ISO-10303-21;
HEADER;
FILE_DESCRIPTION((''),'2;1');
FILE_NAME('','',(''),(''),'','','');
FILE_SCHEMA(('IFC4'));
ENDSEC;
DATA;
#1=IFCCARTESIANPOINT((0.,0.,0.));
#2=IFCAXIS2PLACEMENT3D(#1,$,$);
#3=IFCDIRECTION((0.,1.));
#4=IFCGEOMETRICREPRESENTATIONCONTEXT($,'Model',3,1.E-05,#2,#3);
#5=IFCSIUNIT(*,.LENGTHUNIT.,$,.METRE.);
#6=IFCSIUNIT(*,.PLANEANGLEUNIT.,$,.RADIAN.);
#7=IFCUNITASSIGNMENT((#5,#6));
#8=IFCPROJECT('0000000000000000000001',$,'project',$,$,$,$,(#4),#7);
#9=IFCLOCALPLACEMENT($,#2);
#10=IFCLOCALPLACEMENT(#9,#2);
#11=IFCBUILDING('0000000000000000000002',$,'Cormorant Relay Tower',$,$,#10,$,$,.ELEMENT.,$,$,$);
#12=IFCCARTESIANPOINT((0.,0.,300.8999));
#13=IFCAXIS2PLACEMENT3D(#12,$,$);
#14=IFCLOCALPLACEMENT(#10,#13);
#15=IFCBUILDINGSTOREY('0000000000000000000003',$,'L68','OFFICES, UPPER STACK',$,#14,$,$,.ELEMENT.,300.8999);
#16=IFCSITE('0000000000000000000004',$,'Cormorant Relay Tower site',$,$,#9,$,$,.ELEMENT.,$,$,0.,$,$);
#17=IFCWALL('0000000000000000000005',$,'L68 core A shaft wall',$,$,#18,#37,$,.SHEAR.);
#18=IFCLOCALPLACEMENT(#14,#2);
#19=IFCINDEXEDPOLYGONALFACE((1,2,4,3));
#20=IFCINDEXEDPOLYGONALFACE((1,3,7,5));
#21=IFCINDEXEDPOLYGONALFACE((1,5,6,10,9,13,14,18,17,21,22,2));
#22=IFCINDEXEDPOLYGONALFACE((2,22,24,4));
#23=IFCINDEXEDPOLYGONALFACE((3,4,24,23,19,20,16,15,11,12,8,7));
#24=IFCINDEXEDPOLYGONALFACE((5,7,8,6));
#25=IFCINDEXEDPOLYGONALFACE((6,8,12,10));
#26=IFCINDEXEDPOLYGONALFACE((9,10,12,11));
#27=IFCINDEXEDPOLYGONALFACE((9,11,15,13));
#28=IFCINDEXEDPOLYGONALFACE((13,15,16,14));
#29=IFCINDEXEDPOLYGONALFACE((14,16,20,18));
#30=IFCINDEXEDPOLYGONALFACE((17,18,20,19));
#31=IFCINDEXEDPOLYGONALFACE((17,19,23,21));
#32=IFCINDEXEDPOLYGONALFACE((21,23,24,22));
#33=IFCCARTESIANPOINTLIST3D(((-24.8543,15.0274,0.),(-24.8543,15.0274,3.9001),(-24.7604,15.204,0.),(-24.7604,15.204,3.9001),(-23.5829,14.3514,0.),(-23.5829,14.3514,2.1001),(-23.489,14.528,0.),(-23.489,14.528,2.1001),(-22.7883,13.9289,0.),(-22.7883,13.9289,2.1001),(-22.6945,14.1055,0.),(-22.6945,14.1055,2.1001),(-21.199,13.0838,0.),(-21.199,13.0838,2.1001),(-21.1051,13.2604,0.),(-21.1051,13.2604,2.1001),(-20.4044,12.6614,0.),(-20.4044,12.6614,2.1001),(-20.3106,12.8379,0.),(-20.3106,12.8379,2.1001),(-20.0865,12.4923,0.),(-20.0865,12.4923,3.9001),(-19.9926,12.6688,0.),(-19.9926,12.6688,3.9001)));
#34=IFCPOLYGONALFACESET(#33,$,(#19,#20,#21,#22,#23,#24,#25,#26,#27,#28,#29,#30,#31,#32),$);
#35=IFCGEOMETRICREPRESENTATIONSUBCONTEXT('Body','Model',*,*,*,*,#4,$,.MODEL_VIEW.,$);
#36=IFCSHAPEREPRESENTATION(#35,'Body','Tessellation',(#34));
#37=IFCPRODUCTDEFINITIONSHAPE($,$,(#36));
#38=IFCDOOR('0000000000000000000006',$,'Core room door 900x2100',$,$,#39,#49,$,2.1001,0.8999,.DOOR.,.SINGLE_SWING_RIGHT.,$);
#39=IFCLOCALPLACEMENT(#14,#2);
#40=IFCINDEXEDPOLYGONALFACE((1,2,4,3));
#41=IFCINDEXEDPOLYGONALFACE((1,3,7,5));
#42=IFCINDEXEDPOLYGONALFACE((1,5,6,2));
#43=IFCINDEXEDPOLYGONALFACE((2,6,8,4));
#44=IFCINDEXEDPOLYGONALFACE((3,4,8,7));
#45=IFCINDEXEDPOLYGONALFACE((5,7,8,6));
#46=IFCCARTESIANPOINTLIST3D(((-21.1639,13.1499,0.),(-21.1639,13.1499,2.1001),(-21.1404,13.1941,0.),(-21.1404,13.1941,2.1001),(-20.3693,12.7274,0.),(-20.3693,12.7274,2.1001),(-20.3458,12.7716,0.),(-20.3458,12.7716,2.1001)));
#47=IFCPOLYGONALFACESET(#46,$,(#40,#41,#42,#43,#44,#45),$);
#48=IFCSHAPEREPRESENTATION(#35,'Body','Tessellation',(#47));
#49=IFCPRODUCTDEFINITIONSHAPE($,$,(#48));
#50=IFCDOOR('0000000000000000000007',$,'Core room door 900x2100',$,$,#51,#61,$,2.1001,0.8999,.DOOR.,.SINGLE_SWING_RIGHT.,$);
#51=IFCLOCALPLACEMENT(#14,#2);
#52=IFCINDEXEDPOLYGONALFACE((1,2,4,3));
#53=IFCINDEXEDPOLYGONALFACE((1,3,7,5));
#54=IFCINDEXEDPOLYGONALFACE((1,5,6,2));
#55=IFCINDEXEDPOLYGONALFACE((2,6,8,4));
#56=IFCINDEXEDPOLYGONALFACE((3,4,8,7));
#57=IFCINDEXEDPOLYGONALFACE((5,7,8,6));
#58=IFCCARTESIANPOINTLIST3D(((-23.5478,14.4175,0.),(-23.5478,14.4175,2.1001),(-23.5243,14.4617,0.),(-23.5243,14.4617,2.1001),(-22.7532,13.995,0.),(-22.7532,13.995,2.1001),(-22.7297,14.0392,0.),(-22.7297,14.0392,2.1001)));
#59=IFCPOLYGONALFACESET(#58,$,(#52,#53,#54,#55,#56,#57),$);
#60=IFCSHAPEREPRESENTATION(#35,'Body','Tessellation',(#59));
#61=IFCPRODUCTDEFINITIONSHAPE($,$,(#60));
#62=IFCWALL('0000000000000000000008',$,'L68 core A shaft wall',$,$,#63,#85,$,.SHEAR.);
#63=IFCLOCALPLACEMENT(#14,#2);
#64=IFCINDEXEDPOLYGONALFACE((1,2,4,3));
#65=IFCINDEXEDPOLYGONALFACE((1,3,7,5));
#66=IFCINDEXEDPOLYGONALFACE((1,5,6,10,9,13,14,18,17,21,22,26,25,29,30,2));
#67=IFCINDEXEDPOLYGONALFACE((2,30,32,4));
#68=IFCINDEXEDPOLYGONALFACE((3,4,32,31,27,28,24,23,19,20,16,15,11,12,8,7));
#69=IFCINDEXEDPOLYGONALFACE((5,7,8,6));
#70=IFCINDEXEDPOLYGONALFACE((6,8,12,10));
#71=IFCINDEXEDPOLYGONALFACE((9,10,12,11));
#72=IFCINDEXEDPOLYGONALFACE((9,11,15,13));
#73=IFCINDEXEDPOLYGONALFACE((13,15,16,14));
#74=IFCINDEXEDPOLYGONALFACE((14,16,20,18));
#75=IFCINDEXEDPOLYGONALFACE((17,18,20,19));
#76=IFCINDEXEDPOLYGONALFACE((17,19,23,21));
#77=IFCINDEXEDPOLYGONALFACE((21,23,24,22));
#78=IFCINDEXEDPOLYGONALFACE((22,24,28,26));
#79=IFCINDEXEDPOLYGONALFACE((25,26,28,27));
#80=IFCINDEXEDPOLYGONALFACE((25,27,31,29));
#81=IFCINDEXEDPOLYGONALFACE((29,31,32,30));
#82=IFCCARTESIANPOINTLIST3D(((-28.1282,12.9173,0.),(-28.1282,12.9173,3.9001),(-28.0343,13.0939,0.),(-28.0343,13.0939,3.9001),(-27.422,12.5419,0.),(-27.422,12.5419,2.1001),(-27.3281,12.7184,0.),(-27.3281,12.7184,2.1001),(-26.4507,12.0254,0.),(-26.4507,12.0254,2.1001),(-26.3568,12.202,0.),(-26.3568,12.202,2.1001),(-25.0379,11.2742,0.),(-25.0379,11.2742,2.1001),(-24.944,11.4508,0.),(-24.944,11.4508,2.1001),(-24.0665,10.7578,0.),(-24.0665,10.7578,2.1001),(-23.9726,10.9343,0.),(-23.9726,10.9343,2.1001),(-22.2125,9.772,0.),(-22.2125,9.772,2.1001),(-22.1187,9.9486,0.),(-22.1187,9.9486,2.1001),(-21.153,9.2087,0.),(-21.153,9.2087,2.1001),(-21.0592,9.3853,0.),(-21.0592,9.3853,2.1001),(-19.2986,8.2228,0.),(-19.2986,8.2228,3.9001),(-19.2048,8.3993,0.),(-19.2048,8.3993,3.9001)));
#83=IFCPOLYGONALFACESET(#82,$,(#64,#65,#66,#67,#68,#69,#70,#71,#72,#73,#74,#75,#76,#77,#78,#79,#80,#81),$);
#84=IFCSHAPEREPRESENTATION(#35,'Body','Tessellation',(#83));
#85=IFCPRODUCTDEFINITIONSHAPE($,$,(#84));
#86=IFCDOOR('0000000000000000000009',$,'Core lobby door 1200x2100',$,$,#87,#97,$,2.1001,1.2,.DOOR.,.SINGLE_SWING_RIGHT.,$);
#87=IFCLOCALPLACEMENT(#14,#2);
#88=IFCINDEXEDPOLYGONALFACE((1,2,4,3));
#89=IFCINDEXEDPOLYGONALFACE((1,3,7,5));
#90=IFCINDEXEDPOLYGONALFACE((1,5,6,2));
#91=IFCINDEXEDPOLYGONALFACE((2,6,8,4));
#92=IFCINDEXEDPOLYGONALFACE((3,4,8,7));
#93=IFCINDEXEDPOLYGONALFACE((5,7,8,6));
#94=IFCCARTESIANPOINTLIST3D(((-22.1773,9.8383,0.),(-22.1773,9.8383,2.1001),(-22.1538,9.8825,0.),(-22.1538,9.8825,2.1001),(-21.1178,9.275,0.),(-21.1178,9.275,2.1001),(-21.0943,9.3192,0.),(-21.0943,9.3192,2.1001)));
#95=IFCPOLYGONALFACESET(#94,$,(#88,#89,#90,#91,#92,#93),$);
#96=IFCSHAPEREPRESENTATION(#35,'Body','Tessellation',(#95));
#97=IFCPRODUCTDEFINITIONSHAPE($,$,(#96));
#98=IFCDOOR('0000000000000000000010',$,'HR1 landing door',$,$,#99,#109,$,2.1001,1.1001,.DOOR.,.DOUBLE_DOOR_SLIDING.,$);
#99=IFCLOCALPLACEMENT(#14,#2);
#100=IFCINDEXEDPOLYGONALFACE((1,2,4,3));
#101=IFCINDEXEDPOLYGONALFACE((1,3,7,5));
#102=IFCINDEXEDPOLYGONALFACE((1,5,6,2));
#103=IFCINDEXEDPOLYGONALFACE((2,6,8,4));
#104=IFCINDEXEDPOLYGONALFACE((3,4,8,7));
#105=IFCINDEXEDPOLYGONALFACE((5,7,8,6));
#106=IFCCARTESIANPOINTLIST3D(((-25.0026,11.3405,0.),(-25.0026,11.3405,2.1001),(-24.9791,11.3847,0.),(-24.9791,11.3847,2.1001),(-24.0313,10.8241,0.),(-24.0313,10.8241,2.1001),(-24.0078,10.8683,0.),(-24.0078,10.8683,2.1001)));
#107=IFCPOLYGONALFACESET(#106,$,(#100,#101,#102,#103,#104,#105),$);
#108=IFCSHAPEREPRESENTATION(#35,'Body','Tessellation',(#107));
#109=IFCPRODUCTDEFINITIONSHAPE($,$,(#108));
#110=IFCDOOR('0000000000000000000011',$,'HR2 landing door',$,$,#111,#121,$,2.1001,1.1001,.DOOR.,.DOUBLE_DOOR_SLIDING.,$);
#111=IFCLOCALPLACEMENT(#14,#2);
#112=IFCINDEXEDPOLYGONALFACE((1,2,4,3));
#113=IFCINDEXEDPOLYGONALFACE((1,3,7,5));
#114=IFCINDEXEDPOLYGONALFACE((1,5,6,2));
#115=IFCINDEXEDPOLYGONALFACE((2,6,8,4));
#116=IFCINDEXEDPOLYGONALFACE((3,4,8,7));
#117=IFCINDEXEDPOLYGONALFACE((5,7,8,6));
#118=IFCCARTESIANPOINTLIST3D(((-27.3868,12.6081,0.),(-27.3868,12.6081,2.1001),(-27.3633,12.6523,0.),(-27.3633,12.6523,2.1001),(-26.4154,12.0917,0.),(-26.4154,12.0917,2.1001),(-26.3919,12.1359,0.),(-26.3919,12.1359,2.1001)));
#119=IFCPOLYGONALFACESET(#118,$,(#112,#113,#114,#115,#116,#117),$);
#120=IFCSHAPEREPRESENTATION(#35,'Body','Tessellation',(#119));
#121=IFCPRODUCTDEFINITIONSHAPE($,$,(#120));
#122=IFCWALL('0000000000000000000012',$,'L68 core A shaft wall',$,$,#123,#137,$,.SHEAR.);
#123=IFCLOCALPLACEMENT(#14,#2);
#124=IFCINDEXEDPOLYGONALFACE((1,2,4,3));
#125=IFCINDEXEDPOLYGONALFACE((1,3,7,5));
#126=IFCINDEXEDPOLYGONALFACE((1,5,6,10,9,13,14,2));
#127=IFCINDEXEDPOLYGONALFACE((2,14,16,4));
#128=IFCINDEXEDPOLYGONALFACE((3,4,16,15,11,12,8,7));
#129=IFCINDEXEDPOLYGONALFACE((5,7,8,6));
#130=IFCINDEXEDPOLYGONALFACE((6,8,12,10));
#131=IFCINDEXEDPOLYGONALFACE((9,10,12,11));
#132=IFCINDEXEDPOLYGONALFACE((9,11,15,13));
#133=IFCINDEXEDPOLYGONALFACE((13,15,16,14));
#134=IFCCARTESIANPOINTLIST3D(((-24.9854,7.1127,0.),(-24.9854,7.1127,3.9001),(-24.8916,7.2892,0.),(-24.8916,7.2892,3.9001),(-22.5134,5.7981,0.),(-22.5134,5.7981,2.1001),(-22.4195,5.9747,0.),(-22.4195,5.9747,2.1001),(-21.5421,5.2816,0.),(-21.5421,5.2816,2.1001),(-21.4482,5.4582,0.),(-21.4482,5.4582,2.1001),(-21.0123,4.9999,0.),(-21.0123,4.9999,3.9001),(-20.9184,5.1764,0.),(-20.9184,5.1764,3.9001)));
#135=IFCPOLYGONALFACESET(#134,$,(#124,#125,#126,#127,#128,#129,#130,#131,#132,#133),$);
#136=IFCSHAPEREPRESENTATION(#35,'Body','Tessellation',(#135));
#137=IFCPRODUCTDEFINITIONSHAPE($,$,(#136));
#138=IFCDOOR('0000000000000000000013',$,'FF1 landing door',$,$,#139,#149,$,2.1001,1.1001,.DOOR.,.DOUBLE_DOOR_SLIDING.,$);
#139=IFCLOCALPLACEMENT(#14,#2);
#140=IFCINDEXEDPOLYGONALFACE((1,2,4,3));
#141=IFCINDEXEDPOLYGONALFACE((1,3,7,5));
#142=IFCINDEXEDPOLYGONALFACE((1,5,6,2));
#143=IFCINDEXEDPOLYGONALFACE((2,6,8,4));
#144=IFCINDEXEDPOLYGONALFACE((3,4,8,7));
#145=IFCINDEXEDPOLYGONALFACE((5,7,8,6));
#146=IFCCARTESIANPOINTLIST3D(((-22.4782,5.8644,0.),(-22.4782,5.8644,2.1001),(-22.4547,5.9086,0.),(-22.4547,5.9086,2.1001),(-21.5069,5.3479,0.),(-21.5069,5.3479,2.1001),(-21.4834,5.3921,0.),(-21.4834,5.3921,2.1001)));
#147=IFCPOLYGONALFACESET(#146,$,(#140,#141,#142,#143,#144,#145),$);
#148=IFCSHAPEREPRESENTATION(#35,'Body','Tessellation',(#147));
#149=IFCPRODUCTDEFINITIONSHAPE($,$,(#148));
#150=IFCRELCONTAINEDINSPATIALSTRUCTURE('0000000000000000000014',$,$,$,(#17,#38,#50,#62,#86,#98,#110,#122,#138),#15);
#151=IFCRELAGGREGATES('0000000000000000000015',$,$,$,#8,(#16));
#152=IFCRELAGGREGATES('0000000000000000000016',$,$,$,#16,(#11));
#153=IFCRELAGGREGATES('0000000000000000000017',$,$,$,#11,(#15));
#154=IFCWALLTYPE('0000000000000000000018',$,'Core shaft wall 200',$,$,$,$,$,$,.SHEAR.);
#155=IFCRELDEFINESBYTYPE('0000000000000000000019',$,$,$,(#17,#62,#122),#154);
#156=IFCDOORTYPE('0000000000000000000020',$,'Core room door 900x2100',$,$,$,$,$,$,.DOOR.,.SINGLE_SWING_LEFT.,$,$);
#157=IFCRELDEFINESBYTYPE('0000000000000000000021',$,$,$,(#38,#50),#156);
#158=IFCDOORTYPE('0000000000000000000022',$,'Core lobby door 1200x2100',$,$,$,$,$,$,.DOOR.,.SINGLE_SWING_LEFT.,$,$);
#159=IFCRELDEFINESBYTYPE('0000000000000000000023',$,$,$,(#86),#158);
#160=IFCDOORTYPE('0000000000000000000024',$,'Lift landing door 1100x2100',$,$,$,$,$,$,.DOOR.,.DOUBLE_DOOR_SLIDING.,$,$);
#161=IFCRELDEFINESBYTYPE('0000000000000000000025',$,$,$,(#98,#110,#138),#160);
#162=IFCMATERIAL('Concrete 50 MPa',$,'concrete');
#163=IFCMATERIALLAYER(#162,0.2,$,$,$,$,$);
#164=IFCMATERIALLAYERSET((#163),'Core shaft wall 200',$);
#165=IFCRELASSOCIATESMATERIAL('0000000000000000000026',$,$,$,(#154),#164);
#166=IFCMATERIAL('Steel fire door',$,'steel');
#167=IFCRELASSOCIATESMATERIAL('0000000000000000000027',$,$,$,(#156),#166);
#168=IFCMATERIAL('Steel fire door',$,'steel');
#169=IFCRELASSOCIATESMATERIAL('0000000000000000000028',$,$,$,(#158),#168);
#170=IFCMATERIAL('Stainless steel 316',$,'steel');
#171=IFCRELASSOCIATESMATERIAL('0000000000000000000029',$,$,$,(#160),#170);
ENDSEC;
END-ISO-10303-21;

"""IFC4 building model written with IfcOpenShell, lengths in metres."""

from ifc_helpers import new_model, si_unit, direction, frame, frame_2d, origin, place, context, subcontext, project, spatial, rectangle, extrude, material, layer, layer_set, type_object, element, fill, save


model = new_model("IFC4")

# Units and contexts
model_context = context("Model", 3, precision=1e-05, world=origin(), true_north=direction((0.0, 1.0)))
body_context = subcontext(model_context, "Body", "Model", "MODEL_VIEW")
ifc_project = project(units=[si_unit("LENGTHUNIT", "METRE"), si_unit("PLANEANGLEUNIT", "RADIAN")], contexts=[model_context])

# Site, building, storey
site_placement = place(None, origin())
site = spatial("IfcSite", under=ifc_project, at=site_placement, Name="Cormorant Relay Tower site", CompositionType="ELEMENT", RefElevation=0.0)
building_placement = place(site_placement, origin())
building = spatial("IfcBuilding", under=site, at=building_placement, Name="Cormorant Relay Tower", CompositionType="ELEMENT")
storey_placement = place(building_placement, frame((0.0, 0.0, 300.8999)))
storey = spatial("IfcBuildingStorey", under=building, at=storey_placement, Name="L68", Description="OFFICES, UPPER STACK", CompositionType="ELEMENT", Elevation=300.8999)

# Shared definitions
ifc_material_1 = material(Name="Concrete 50 MPa", Category="concrete")
ifc_layer_1 = layer(ifc_material_1, 0.2)
ifc_layer_set_1 = layer_set([ifc_layer_1], Name="Core shaft wall 200")
wall_type_1 = type_object("IfcWallType", Name="Core shaft wall 200", PredefinedType="SHEAR", material=ifc_layer_set_1)

# Walls, openings, doors
wall_1_placement = place(storey_placement, frame((-20.0396, 12.5806, 0.0), z_axis=(0.0, 0.0, 1.0), x_axis=(-0.882943, 0.46948, 0.0)))
wall_1 = element("IfcWall", 1, at=wall_1_placement, inside=storey, type_object=wall_type_1, Name="L68 core A shaft wall", PredefinedType="SHEAR", context=body_context, shape_type="SweptSolid", body=[
    extrude(rectangle(XDim=5.3999, YDim=0.2, at=frame_2d((2.7, 0.0))), origin(), (0.0, 0.0, 1.0), 3.9001),
])
opening_1_placement = place(wall_1_placement, frame((0.3601, 0.0, 0.0)))
opening_1 = element("IfcOpeningElement", 2, at=opening_1_placement, cuts=wall_1, PredefinedType="OPENING", context=body_context, shape_type="SweptSolid", body=[
    extrude(rectangle(XDim=0.8999, YDim=2.1001, at=frame_2d((0.45, 1.05))), frame((0.0, 0.1099, 0.0), z_axis=(0.0, -1.0, 0.0), x_axis=(1.0, 0.0, 0.0)), (0.0, 0.0, 1.0), 0.22),
])
opening_2_placement = place(wall_1_placement, frame((3.0601, 0.0, 0.0)))
opening_2 = element("IfcOpeningElement", 3, at=opening_2_placement, cuts=wall_1, PredefinedType="OPENING", context=body_context, shape_type="SweptSolid", body=[
    extrude(rectangle(XDim=0.8999, YDim=2.1001, at=frame_2d((0.45, 1.05))), frame((0.0, 0.1099, 0.0), z_axis=(0.0, -1.0, 0.0), x_axis=(1.0, 0.0, 0.0)), (0.0, 0.0, 1.0), 0.22),
])
ifc_material_2 = material(Name="Steel fire door", Category="steel")
door_type_1 = type_object("IfcDoorType", Name="Core room door 900x2100", OperationType="SINGLE_SWING_LEFT", PredefinedType="DOOR", material=ifc_material_2)
door_1_placement = place(opening_1_placement, frame((0.8999, 0.0, 0.0), z_axis=(0.0, 0.0, 1.0), x_axis=(-1.0, 0.0, 0.0)))
door_1 = element("IfcDoor", 4, at=door_1_placement, inside=storey, type_object=door_type_1, Name="Core room door 900x2100", OperationType="SINGLE_SWING_RIGHT", OverallHeight=2.1001, OverallWidth=0.8999, PredefinedType="DOOR", context=body_context, shape_type="SweptSolid", body=[
    extrude(rectangle(XDim=0.8999, YDim=2.1001, at=frame_2d((0.45, 1.05))), frame((0.0, 0.0249, 0.0), z_axis=(0.0, -1.0, 0.0), x_axis=(1.0, 0.0, 0.0)), (0.0, 0.0, 1.0), 0.05),
])
fill(opening_1, door_1)
door_2_placement = place(opening_2_placement, frame((0.8999, 0.0, 0.0), z_axis=(0.0, 0.0, 1.0), x_axis=(-1.0, 0.0, 0.0)))
door_2 = element("IfcDoor", 5, at=door_2_placement, inside=storey, type_object=door_type_1, Name="Core room door 900x2100", OperationType="SINGLE_SWING_RIGHT", OverallHeight=2.1001, OverallWidth=0.8999, PredefinedType="DOOR", context=body_context, shape_type="SweptSolid", body=[
    extrude(rectangle(XDim=0.8999, YDim=2.1001, at=frame_2d((0.45, 1.05))), frame((0.0, 0.0249, 0.0), z_axis=(0.0, -1.0, 0.0), x_axis=(1.0, 0.0, 0.0)), (0.0, 0.0, 1.0), 0.05),
])
fill(opening_2, door_2)
wall_2_placement = place(storey_placement, frame((-19.2517, 8.311, 0.0), z_axis=(0.0, 0.0, 1.0), x_axis=(-0.882956, 0.469456, 0.0)))
wall_2 = element("IfcWall", 6, at=wall_2_placement, inside=storey, type_object=wall_type_1, Name="L68 core A shaft wall", PredefinedType="SHEAR", context=body_context, shape_type="SweptSolid", body=[
    extrude(rectangle(XDim=10.0, YDim=0.2, at=frame_2d((5.0, 0.0))), origin(), (0.0, 0.0, 1.0), 3.9001),
])
opening_3_placement = place(wall_2_placement, frame((2.1001, 0.0, 0.0)))
opening_3 = element("IfcOpeningElement", 7, at=opening_3_placement, cuts=wall_2, PredefinedType="OPENING", context=body_context, shape_type="SweptSolid", body=[
    extrude(rectangle(XDim=1.2, YDim=2.1001, at=frame_2d((0.6001, 1.05))), frame((0.0, 0.1099, 0.0), z_axis=(0.0, -1.0, 0.0), x_axis=(1.0, 0.0, 0.0)), (0.0, 0.0, 1.0), 0.22),
])
opening_4_placement = place(wall_2_placement, frame((5.3999, 0.0, 0.0)))
opening_4 = element("IfcOpeningElement", 8, at=opening_4_placement, cuts=wall_2, PredefinedType="OPENING", context=body_context, shape_type="SweptSolid", body=[
    extrude(rectangle(XDim=1.1001, YDim=2.1001, at=frame_2d((0.55, 1.05))), frame((0.0, 0.1099, 0.0), z_axis=(0.0, -1.0, 0.0), x_axis=(1.0, 0.0, 0.0)), (0.0, 0.0, 1.0), 0.22),
])
opening_5_placement = place(wall_2_placement, frame((8.1001, 0.0, 0.0)))
opening_5 = element("IfcOpeningElement", 9, at=opening_5_placement, cuts=wall_2, PredefinedType="OPENING", context=body_context, shape_type="SweptSolid", body=[
    extrude(rectangle(XDim=1.1001, YDim=2.1001, at=frame_2d((0.55, 1.05))), frame((0.0, 0.1099, 0.0), z_axis=(0.0, -1.0, 0.0), x_axis=(1.0, 0.0, 0.0)), (0.0, 0.0, 1.0), 0.22),
])
ifc_material_3 = material(Name="Steel fire door", Category="steel")
door_type_2 = type_object("IfcDoorType", Name="Core lobby door 1200x2100", OperationType="SINGLE_SWING_LEFT", PredefinedType="DOOR", material=ifc_material_3)
door_3_placement = place(opening_3_placement, origin())
door_3 = element("IfcDoor", 10, at=door_3_placement, inside=storey, type_object=door_type_2, Name="Core lobby door 1200x2100", OperationType="SINGLE_SWING_RIGHT", OverallHeight=2.1001, OverallWidth=1.2, PredefinedType="DOOR", context=body_context, shape_type="SweptSolid", body=[
    extrude(rectangle(XDim=1.2, YDim=2.1001, at=frame_2d((0.6001, 1.05))), frame((0.0, 0.0249, 0.0), z_axis=(0.0, -1.0, 0.0), x_axis=(1.0, 0.0, 0.0)), (0.0, 0.0, 1.0), 0.05),
])
fill(opening_3, door_3)
ifc_material_4 = material(Name="Stainless steel 316", Category="steel")
door_type_3 = type_object("IfcDoorType", Name="Lift landing door 1100x2100", OperationType="DOUBLE_DOOR_SLIDING", PredefinedType="DOOR", material=ifc_material_4)
door_4_placement = place(opening_4_placement, origin())
door_4 = element("IfcDoor", 11, at=door_4_placement, inside=storey, type_object=door_type_3, Name="HR1 landing door", OperationType="DOUBLE_DOOR_SLIDING", OverallHeight=2.1001, OverallWidth=1.1001, PredefinedType="DOOR", context=body_context, shape_type="SweptSolid", body=[
    extrude(rectangle(XDim=1.1001, YDim=2.1001, at=frame_2d((0.55, 1.05))), frame((0.0, 0.0249, 0.0), z_axis=(0.0, -1.0, 0.0), x_axis=(1.0, 0.0, 0.0)), (0.0, 0.0, 1.0), 0.05),
])
fill(opening_4, door_4)
door_5_placement = place(opening_5_placement, origin())
door_5 = element("IfcDoor", 12, at=door_5_placement, inside=storey, type_object=door_type_3, Name="HR2 landing door", OperationType="DOUBLE_DOOR_SLIDING", OverallHeight=2.1001, OverallWidth=1.1001, PredefinedType="DOOR", context=body_context, shape_type="SweptSolid", body=[
    extrude(rectangle(XDim=1.1001, YDim=2.1001, at=frame_2d((0.55, 1.05))), frame((0.0, 0.0249, 0.0), z_axis=(0.0, -1.0, 0.0), x_axis=(1.0, 0.0, 0.0)), (0.0, 0.0, 1.0), 0.05),
])
fill(opening_5, door_5)

# Wall, opening, door
wall_3_placement = place(storey_placement, frame((-20.9653, 5.0881, 0.0), z_axis=(0.0, 0.0, 1.0), x_axis=(-0.882926, 0.469512, 0.0)))
wall_3 = element("IfcWall", 13, at=wall_3_placement, inside=storey, type_object=wall_type_1, Name="L68 core A shaft wall", PredefinedType="SHEAR", context=body_context, shape_type="SweptSolid", body=[
    extrude(rectangle(XDim=4.5, YDim=0.2, at=frame_2d((2.25, 0.0))), origin(), (0.0, 0.0, 1.0), 3.9001),
])
opening_6_placement = place(wall_3_placement, frame((0.6001, 0.0, 0.0)))
opening_6 = element("IfcOpeningElement", 14, at=opening_6_placement, cuts=wall_3, PredefinedType="OPENING", context=body_context, shape_type="SweptSolid", body=[
    extrude(rectangle(XDim=1.1001, YDim=2.1001, at=frame_2d((0.55, 1.05))), frame((0.0, 0.1099, 0.0), z_axis=(0.0, -1.0, 0.0), x_axis=(1.0, 0.0, 0.0)), (0.0, 0.0, 1.0), 0.22),
])
door_6_placement = place(opening_6_placement, origin())
door_6 = element("IfcDoor", 15, at=door_6_placement, inside=storey, type_object=door_type_3, Name="FF1 landing door", OperationType="DOUBLE_DOOR_SLIDING", OverallHeight=2.1001, OverallWidth=1.1001, PredefinedType="DOOR", context=body_context, shape_type="SweptSolid", body=[
    extrude(rectangle(XDim=1.1001, YDim=2.1001, at=frame_2d((0.55, 1.05))), frame((0.0, 0.0249, 0.0), z_axis=(0.0, -1.0, 0.0), x_axis=(1.0, 0.0, 0.0)), (0.0, 0.0, 1.0), 0.05),
])
fill(opening_6, door_6)

save(model, "model.ifc")
